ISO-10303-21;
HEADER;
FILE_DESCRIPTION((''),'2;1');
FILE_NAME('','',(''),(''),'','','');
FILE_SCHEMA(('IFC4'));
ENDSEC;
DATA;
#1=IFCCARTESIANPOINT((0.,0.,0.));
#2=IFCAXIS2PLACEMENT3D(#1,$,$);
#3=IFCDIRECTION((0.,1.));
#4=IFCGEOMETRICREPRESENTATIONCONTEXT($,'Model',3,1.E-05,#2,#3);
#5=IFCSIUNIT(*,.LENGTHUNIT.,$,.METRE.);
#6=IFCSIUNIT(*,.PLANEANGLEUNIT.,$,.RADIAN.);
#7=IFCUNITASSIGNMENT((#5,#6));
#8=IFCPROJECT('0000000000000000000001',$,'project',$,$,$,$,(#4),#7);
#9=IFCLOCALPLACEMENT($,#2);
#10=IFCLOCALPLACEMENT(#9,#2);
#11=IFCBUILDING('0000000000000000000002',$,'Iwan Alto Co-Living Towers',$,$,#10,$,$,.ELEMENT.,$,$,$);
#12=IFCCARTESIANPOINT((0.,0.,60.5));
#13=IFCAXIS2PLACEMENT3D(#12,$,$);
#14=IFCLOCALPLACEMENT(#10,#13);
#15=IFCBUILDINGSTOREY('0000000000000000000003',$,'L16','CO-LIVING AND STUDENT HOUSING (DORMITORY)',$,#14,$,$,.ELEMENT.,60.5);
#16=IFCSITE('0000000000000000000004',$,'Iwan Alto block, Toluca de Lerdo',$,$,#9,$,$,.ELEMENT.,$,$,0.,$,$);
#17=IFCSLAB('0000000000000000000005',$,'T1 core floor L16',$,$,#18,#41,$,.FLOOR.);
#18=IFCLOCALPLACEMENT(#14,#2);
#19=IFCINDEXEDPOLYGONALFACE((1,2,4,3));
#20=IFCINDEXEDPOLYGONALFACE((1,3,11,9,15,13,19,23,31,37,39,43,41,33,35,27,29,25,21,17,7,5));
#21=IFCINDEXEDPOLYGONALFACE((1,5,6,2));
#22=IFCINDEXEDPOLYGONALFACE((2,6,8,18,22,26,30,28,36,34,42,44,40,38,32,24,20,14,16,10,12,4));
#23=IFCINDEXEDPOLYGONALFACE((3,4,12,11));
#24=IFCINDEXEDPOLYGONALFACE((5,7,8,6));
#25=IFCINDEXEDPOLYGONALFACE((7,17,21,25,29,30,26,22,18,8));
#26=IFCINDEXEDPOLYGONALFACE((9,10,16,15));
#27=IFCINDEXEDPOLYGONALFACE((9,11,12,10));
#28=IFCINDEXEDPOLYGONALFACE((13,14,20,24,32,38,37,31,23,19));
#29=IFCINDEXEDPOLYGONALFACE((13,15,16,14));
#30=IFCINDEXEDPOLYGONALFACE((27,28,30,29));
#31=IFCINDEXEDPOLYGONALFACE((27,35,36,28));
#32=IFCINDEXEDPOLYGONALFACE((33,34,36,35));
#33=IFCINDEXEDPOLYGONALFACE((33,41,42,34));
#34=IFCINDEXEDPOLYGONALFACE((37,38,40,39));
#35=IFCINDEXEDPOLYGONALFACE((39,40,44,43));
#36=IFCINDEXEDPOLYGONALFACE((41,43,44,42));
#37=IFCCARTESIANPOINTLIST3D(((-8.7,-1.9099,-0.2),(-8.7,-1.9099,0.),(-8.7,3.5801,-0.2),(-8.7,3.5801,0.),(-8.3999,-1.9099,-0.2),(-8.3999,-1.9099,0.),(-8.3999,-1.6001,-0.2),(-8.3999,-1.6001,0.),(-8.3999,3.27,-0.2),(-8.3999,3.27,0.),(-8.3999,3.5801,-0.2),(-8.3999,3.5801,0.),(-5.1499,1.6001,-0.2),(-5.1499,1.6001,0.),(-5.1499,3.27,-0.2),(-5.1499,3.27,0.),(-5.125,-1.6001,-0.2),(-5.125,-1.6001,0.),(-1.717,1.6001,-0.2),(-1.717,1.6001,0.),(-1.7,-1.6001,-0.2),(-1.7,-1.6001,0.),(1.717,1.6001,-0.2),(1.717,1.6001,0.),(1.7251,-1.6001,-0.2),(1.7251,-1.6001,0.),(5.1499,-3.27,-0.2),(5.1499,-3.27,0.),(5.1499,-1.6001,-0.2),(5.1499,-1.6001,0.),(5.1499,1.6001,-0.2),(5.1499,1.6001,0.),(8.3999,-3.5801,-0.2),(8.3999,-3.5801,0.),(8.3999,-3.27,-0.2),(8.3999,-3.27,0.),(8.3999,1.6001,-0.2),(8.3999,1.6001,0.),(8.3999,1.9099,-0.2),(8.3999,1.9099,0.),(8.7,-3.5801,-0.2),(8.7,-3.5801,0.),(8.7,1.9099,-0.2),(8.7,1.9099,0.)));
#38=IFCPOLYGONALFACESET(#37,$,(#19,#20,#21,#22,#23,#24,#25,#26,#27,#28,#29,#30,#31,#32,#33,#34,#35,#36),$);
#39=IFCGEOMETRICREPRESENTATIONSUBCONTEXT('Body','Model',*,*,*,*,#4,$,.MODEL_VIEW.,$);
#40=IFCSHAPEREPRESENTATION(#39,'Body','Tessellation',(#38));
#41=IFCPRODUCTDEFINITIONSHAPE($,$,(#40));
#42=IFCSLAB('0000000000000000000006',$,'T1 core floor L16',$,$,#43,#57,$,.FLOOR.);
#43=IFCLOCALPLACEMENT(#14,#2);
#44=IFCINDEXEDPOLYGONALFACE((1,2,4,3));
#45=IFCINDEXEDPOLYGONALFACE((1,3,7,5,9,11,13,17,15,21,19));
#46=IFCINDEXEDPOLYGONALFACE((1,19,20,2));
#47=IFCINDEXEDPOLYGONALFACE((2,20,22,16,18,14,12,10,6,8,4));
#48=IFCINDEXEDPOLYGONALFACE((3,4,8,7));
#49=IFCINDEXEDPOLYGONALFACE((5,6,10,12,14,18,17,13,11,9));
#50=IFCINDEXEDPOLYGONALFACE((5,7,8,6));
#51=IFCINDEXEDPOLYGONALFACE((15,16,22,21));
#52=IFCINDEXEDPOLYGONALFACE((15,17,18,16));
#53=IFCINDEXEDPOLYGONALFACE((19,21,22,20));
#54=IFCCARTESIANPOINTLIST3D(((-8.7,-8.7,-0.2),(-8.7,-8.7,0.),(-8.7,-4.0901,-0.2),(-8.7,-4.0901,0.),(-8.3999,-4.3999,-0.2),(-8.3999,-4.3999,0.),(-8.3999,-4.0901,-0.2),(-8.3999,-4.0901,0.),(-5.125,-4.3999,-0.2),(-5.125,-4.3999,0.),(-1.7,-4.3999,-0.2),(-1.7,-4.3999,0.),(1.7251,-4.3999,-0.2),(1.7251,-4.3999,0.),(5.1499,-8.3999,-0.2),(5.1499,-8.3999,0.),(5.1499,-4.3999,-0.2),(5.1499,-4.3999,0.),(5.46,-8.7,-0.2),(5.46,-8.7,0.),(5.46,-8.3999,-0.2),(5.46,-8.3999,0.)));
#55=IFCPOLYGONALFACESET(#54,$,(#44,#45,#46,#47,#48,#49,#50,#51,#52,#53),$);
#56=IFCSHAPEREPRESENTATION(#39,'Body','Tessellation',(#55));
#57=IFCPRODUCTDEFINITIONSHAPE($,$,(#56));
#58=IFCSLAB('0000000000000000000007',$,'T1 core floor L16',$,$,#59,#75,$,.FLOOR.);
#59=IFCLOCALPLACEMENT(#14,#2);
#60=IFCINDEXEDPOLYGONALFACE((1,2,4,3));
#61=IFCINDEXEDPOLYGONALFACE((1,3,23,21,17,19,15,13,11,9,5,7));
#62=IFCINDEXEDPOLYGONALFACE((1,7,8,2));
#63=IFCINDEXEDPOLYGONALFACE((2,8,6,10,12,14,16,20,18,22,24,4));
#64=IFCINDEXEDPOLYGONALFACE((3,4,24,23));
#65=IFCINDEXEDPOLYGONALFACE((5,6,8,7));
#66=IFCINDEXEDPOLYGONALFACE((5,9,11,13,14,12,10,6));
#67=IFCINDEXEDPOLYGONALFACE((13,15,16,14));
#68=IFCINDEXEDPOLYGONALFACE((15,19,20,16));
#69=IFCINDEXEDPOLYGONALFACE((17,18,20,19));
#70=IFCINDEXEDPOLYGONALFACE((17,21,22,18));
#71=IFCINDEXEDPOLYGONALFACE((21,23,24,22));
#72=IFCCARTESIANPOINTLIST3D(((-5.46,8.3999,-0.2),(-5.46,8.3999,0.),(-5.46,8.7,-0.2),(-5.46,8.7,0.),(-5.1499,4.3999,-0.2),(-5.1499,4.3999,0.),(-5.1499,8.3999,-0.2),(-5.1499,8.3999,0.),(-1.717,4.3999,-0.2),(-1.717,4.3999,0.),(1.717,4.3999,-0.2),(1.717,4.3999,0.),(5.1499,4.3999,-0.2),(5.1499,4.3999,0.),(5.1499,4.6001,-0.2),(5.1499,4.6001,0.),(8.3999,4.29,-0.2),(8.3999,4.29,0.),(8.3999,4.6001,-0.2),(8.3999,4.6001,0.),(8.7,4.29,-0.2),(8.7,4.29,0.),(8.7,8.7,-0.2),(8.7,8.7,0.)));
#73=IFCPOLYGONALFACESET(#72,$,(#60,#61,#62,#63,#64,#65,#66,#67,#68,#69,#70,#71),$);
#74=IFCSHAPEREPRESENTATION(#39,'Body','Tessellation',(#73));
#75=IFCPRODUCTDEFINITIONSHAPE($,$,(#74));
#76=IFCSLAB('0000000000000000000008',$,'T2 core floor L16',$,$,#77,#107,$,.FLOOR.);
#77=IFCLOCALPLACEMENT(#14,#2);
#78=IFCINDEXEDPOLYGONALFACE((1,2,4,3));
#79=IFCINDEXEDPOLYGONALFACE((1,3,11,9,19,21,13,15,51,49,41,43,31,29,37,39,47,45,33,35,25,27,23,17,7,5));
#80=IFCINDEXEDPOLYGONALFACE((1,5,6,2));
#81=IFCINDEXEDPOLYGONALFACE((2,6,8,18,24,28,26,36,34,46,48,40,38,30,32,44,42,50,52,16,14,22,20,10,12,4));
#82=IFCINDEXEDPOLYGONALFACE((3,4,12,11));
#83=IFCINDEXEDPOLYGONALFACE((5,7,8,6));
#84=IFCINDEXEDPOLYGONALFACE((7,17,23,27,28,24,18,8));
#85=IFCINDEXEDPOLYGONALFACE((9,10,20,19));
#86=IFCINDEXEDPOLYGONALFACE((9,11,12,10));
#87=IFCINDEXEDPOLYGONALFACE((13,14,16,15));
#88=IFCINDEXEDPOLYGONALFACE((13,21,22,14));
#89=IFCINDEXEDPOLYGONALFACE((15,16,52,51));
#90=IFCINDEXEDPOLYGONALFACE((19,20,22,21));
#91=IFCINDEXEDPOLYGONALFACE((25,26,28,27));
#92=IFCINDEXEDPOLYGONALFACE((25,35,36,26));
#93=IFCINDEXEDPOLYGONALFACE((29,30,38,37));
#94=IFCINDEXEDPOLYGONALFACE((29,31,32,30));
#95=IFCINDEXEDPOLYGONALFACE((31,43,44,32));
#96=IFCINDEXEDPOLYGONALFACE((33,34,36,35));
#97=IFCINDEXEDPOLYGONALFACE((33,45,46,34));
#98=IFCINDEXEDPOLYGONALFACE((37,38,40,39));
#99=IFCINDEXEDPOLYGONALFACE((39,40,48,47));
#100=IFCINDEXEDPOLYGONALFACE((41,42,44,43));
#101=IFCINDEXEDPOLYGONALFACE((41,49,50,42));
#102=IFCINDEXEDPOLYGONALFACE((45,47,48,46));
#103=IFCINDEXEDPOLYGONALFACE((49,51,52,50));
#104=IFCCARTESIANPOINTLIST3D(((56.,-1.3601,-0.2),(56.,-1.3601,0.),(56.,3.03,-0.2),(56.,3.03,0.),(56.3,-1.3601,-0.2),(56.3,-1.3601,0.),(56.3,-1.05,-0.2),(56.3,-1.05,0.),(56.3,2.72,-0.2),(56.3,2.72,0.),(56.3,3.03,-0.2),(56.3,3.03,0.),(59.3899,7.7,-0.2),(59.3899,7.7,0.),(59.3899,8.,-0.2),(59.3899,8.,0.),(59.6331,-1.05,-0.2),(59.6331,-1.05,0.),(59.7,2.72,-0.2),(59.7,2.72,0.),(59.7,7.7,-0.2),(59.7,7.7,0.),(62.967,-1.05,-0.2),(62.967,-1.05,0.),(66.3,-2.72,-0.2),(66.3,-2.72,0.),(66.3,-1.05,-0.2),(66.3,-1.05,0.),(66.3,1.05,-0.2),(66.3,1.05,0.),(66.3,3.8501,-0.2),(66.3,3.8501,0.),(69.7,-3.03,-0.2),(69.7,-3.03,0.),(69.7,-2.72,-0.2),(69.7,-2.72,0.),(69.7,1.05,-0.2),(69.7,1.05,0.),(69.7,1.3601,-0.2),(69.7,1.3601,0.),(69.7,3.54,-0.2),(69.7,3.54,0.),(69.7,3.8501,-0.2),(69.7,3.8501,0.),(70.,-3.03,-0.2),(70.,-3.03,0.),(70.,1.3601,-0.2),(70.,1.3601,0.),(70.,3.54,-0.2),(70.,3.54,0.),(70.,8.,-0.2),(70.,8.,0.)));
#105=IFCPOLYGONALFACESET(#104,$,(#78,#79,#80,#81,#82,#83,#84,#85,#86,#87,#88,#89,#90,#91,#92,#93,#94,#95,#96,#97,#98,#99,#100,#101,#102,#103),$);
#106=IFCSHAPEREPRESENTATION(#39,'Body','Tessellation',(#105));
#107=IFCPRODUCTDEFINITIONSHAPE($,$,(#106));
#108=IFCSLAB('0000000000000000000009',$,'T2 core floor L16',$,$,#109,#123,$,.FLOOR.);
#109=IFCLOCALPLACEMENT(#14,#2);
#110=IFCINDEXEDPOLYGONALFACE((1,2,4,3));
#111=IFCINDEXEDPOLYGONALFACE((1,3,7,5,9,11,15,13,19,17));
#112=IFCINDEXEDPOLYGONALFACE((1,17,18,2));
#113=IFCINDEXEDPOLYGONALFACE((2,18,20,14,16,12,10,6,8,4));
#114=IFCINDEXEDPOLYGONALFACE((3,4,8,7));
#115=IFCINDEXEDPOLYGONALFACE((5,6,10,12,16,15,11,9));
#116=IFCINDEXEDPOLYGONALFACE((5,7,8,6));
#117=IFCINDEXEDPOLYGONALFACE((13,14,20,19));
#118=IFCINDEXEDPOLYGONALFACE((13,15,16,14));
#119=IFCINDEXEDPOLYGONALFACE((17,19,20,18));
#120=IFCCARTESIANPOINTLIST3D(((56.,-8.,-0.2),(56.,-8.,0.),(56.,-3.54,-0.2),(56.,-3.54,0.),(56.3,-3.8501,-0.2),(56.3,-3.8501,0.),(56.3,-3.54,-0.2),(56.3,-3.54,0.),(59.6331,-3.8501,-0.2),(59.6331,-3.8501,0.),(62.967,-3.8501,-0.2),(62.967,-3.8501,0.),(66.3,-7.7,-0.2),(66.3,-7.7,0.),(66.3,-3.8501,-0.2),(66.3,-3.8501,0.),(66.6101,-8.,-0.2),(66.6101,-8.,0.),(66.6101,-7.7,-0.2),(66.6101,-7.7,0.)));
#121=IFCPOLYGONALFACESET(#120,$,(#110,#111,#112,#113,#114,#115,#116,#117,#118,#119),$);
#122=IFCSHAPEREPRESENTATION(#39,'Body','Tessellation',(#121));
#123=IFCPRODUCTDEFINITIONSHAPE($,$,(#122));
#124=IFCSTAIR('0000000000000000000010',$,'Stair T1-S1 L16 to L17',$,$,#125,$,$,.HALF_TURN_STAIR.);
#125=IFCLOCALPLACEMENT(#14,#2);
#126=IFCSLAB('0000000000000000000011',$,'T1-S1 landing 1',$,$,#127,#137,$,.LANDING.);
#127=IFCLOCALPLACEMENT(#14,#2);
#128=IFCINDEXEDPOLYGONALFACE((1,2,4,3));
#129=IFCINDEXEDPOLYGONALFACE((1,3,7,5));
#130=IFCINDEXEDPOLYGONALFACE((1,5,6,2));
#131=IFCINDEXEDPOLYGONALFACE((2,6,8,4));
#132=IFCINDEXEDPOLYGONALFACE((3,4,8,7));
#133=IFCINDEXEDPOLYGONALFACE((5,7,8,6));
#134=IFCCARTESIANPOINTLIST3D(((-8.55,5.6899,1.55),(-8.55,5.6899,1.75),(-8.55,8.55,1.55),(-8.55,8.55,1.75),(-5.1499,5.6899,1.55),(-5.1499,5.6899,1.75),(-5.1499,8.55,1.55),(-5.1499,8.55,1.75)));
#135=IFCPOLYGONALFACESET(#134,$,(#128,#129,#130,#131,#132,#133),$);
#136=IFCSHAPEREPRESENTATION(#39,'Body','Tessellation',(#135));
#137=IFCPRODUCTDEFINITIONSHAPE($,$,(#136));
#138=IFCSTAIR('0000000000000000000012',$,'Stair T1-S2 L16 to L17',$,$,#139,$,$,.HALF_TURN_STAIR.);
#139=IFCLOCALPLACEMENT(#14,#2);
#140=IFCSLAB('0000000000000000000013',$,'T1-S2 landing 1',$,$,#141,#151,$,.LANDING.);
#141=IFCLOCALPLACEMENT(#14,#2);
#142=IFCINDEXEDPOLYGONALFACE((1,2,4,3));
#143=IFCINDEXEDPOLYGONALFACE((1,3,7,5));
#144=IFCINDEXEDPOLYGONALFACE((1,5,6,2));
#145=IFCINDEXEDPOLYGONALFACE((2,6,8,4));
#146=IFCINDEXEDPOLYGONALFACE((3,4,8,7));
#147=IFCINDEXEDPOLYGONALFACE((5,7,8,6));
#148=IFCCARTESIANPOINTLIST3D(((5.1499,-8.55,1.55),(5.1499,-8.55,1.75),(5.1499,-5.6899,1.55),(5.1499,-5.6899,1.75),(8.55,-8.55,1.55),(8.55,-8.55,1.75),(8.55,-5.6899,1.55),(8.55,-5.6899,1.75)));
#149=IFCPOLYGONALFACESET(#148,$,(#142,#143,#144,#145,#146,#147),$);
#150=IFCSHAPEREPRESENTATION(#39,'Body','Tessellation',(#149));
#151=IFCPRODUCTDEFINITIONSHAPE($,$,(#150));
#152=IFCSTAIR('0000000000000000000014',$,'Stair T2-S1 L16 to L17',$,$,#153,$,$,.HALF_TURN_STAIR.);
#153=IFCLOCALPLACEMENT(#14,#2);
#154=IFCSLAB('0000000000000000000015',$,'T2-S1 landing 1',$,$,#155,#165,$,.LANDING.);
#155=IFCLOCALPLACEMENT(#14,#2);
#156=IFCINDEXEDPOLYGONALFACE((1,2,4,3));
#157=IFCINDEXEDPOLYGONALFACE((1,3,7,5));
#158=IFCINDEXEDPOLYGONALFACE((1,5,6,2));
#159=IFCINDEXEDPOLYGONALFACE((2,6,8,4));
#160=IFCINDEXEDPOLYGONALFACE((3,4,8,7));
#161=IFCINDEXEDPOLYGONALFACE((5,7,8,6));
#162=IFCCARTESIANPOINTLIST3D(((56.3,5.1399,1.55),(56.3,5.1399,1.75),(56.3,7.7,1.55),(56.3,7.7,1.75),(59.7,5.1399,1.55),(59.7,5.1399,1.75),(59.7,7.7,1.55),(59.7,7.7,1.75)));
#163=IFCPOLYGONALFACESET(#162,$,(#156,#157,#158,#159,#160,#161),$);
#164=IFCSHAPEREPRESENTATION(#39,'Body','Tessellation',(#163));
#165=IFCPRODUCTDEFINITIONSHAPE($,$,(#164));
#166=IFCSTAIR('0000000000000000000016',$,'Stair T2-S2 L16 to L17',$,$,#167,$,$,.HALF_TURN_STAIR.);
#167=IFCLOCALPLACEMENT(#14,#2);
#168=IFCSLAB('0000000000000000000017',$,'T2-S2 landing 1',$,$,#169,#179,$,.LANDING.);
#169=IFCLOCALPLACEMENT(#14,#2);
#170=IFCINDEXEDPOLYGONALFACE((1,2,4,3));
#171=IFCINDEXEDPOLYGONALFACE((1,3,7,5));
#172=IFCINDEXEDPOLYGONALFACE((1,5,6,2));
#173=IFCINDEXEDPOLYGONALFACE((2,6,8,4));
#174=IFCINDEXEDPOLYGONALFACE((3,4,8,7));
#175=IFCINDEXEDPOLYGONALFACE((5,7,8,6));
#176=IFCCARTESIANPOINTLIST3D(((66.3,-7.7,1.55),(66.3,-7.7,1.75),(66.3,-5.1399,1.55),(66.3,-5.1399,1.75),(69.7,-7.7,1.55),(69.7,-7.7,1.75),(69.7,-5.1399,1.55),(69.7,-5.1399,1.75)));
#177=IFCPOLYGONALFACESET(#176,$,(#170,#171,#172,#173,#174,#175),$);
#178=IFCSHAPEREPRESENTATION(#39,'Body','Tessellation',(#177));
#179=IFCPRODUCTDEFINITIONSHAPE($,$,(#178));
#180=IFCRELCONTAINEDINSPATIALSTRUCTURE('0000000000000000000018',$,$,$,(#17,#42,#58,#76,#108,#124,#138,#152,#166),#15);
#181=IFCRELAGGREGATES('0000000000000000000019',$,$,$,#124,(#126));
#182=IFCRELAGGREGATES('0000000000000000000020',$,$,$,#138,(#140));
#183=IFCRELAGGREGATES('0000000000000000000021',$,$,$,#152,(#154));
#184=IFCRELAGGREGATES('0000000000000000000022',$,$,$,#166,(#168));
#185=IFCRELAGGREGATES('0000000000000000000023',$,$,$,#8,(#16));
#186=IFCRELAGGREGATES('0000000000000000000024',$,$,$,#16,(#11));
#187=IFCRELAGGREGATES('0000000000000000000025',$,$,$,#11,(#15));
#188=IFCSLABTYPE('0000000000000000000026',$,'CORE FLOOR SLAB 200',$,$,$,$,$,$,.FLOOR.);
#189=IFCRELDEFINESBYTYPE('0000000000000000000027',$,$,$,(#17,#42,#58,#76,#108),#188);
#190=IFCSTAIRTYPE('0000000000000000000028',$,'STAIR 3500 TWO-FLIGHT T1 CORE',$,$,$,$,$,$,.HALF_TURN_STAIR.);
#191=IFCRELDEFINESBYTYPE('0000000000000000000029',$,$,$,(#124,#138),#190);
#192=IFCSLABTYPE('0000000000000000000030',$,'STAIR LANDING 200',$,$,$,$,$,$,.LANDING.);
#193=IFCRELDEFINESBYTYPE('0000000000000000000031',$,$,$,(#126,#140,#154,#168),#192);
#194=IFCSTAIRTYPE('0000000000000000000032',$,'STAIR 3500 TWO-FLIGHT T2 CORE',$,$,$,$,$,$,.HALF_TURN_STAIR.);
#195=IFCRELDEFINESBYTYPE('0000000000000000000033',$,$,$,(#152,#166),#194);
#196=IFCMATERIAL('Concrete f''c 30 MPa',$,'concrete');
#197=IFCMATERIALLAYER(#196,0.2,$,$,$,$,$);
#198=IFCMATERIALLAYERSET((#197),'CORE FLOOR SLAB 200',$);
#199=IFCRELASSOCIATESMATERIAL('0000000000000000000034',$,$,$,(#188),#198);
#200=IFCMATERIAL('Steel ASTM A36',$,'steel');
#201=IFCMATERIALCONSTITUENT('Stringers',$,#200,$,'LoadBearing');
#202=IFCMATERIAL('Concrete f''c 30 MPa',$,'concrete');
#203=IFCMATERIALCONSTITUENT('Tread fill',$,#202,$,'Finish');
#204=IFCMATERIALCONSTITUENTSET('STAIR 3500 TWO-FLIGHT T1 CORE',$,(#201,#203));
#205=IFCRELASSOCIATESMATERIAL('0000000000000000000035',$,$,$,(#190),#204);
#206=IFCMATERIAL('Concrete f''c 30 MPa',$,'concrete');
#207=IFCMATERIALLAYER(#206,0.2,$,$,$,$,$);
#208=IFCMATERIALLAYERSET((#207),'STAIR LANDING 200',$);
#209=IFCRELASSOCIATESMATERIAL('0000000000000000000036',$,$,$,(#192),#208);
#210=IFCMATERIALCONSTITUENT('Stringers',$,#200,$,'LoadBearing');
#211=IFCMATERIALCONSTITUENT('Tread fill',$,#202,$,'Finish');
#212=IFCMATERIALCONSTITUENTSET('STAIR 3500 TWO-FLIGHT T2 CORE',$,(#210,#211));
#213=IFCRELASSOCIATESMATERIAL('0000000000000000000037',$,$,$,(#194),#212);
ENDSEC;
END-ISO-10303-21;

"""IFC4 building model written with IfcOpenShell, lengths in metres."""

from ifc_helpers import new_model, si_unit, direction, frame, origin, place, context, subcontext, project, spatial, polyline, outline, extrude, material, layer, layer_set, constituent, constituent_set, type_object, element, aggregate, save


model = new_model("IFC4")

# Units and contexts
model_context = context("Model", 3, precision=1e-05, world=origin(), true_north=direction((0.0, 1.0)))
body_context = subcontext(model_context, "Body", "Model", "MODEL_VIEW")
ifc_project = project(units=[si_unit("LENGTHUNIT", "METRE"), si_unit("PLANEANGLEUNIT", "RADIAN")], contexts=[model_context])

# Site, building, storey
site_placement = place(None, origin())
site = spatial("IfcSite", under=ifc_project, at=site_placement, Name="Iwan Alto block, Toluca de Lerdo", CompositionType="ELEMENT", RefElevation=0.0)
building_placement = place(site_placement, origin())
building = spatial("IfcBuilding", under=site, at=building_placement, Name="Iwan Alto Co-Living Towers", CompositionType="ELEMENT")
storey_placement = place(building_placement, frame((0.0, 0.0, 60.5)))
storey = spatial("IfcBuildingStorey", under=building, at=storey_placement, Name="L16", Description="CO-LIVING AND STUDENT HOUSING (DORMITORY)", CompositionType="ELEMENT", Elevation=60.5)

# Slabs
ifc_material_1 = material(Name="Concrete f'c 30 MPa", Category="concrete")
ifc_layer_1 = layer(ifc_material_1, 0.2)
ifc_layer_set_1 = layer_set([ifc_layer_1], Name="CORE FLOOR SLAB 200")
slab_type_1 = type_object("IfcSlabType", Name="CORE FLOOR SLAB 200", PredefinedType="FLOOR", material=ifc_layer_set_1)
slab_1_placement = place(storey_placement, frame((0.0, 0.0, -0.2)))
element("IfcSlab", 1, at=slab_1_placement, inside=storey, type_object=slab_type_1, Name="T1 core floor L16", PredefinedType="FLOOR", context=body_context, shape_type="SweptSolid", body=[
    extrude(outline(polyline([(8.7, -3.5801), (8.3999, -3.5801), (8.3999, -3.27), (5.1499, -3.27), (5.1499, -1.6001), (1.7251, -1.6001), (-1.7, -1.6001), (-5.125, -1.6001), (-8.3999, -1.6001), (-8.3999, -1.9099), (-8.7, -1.9099), (-8.7, 3.5801), (-8.3999, 3.5801), (-8.3999, 3.27), (-5.1499, 3.27), (-5.1499, 1.6001), (-1.717, 1.6001), (1.717, 1.6001), (5.1499, 1.6001), (8.3999, 1.6001), (8.3999, 1.9099), (8.7, 1.9099), (8.7, -3.5801)])), origin(), (0.0, 0.0, 1.0), 0.2),
])
slab_2_placement = place(storey_placement, frame((0.0, 0.0, -0.2)))
element("IfcSlab", 2, at=slab_2_placement, inside=storey, type_object=slab_type_1, Name="T1 core floor L16", PredefinedType="FLOOR", context=body_context, shape_type="SweptSolid", body=[
    extrude(outline(polyline([(-1.7, -4.3999), (1.7251, -4.3999), (5.1499, -4.3999), (5.1499, -8.3999), (5.46, -8.3999), (5.46, -8.7), (-8.7, -8.7), (-8.7, -4.0901), (-8.3999, -4.0901), (-8.3999, -4.3999), (-5.125, -4.3999), (-1.7, -4.3999)])), origin(), (0.0, 0.0, 1.0), 0.2),
])
slab_3_placement = place(storey_placement, frame((0.0, 0.0, -0.2)))
element("IfcSlab", 3, at=slab_3_placement, inside=storey, type_object=slab_type_1, Name="T1 core floor L16", PredefinedType="FLOOR", context=body_context, shape_type="SweptSolid", body=[
    extrude(outline(polyline([(1.717, 4.3999), (-1.717, 4.3999), (-5.1499, 4.3999), (-5.1499, 8.3999), (-5.46, 8.3999), (-5.46, 8.7), (8.7, 8.7), (8.7, 4.29), (8.3999, 4.29), (8.3999, 4.6001), (5.1499, 4.6001), (5.1499, 4.3999), (1.717, 4.3999)])), origin(), (0.0, 0.0, 1.0), 0.2),
])
slab_4_placement = place(storey_placement, frame((0.0, 0.0, -0.2)))
element("IfcSlab", 4, at=slab_4_placement, inside=storey, type_object=slab_type_1, Name="T2 core floor L16", PredefinedType="FLOOR", context=body_context, shape_type="SweptSolid", body=[
    extrude(outline(polyline([(70.0, -3.03), (69.7, -3.03), (69.7, -2.72), (66.3, -2.72), (66.3, -1.05), (62.967, -1.05), (59.6331, -1.05), (56.3, -1.05), (56.3, -1.3601), (56.0, -1.3601), (56.0, 3.03), (56.3, 3.03), (56.3, 2.72), (59.7, 2.72), (59.7, 7.7), (59.3899, 7.7), (59.3899, 8.0), (70.0, 8.0), (70.0, 3.54), (69.7, 3.54), (69.7, 3.8501), (66.3, 3.8501), (66.3, 1.05), (69.7, 1.05), (69.7, 1.3601), (70.0, 1.3601), (70.0, -3.03)])), origin(), (0.0, 0.0, 1.0), 0.2),
])
slab_5_placement = place(storey_placement, frame((0.0, 0.0, -0.2)))
element("IfcSlab", 5, at=slab_5_placement, inside=storey, type_object=slab_type_1, Name="T2 core floor L16", PredefinedType="FLOOR", context=body_context, shape_type="SweptSolid", body=[
    extrude(outline(polyline([(62.967, -3.8501), (66.3, -3.8501), (66.3, -7.7), (66.6101, -7.7), (66.6101, -8.0), (56.0, -8.0), (56.0, -3.54), (56.3, -3.54), (56.3, -3.8501), (59.6331, -3.8501), (62.967, -3.8501)])), origin(), (0.0, 0.0, 1.0), 0.2),
])

# Stairs, slabs
ifc_material_2 = material(Name="Steel ASTM A36", Category="steel")
ifc_constituent_1 = constituent(ifc_material_2, Name="Stringers", Category="LoadBearing")
ifc_material_3 = material(Name="Concrete f'c 30 MPa", Category="concrete")
ifc_constituent_2 = constituent(ifc_material_3, Name="Tread fill", Category="Finish")
ifc_constituent_set_1 = constituent_set(constituents=[ifc_constituent_1, ifc_constituent_2], Name="STAIR 3500 TWO-FLIGHT T1 CORE")
stair_type_1 = type_object("IfcStairType", Name="STAIR 3500 TWO-FLIGHT T1 CORE", PredefinedType="HALF_TURN_STAIR", material=ifc_constituent_set_1)
stair_1_placement = place(storey_placement, origin())
stair_1 = element("IfcStair", 6, at=stair_1_placement, inside=storey, type_object=stair_type_1, Name="Stair T1-S1 L16 to L17", PredefinedType="HALF_TURN_STAIR")
ifc_material_4 = material(Name="Concrete f'c 30 MPa", Category="concrete")
ifc_layer_2 = layer(ifc_material_4, 0.2)
ifc_layer_set_2 = layer_set([ifc_layer_2], Name="STAIR LANDING 200")
slab_type_2 = type_object("IfcSlabType", Name="STAIR LANDING 200", PredefinedType="LANDING", material=ifc_layer_set_2)
slab_6_placement = place(storey_placement, frame((0.0, 0.0, 1.55)))
slab_6 = element("IfcSlab", 7, at=slab_6_placement, type_object=slab_type_2, Name="T1-S1 landing 1", PredefinedType="LANDING", context=body_context, shape_type="SweptSolid", body=[
    extrude(outline(polyline([(-8.55, 5.6899), (-8.55, 8.55), (-5.1499, 8.55), (-5.1499, 5.6899), (-8.55, 5.6899)])), origin(), (0.0, 0.0, 1.0), 0.2),
])
aggregate(stair_1, [slab_6])
stair_2_placement = place(storey_placement, origin())
stair_2 = element("IfcStair", 8, at=stair_2_placement, inside=storey, type_object=stair_type_1, Name="Stair T1-S2 L16 to L17", PredefinedType="HALF_TURN_STAIR")
slab_7_placement = place(storey_placement, frame((0.0, 0.0, 1.55)))
slab_7 = element("IfcSlab", 9, at=slab_7_placement, type_object=slab_type_2, Name="T1-S2 landing 1", PredefinedType="LANDING", context=body_context, shape_type="SweptSolid", body=[
    extrude(outline(polyline([(5.1499, -5.6899), (5.1499, -8.55), (8.55, -8.55), (8.55, -5.6899), (5.1499, -5.6899)])), origin(), (0.0, 0.0, 1.0), 0.2),
])
aggregate(stair_2, [slab_7])
ifc_constituent_3 = constituent(ifc_material_2, Name="Stringers", Category="LoadBearing")
ifc_constituent_4 = constituent(ifc_material_3, Name="Tread fill", Category="Finish")
ifc_constituent_set_2 = constituent_set(constituents=[ifc_constituent_3, ifc_constituent_4], Name="STAIR 3500 TWO-FLIGHT T2 CORE")
stair_type_2 = type_object("IfcStairType", Name="STAIR 3500 TWO-FLIGHT T2 CORE", PredefinedType="HALF_TURN_STAIR", material=ifc_constituent_set_2)
stair_3_placement = place(storey_placement, origin())
stair_3 = element("IfcStair", 10, at=stair_3_placement, inside=storey, type_object=stair_type_2, Name="Stair T2-S1 L16 to L17", PredefinedType="HALF_TURN_STAIR")
slab_8_placement = place(storey_placement, frame((0.0, 0.0, 1.55)))
slab_8 = element("IfcSlab", 11, at=slab_8_placement, type_object=slab_type_2, Name="T2-S1 landing 1", PredefinedType="LANDING", context=body_context, shape_type="SweptSolid", body=[
    extrude(outline(polyline([(56.3, 5.1399), (56.3, 7.7), (59.7, 7.7), (59.7, 5.1399), (56.3, 5.1399)])), origin(), (0.0, 0.0, 1.0), 0.2),
])
aggregate(stair_3, [slab_8])
stair_4_placement = place(storey_placement, origin())
stair_4 = element("IfcStair", 12, at=stair_4_placement, inside=storey, type_object=stair_type_2, Name="Stair T2-S2 L16 to L17", PredefinedType="HALF_TURN_STAIR")
slab_9_placement = place(storey_placement, frame((0.0, 0.0, 1.55)))
slab_9 = element("IfcSlab", 13, at=slab_9_placement, type_object=slab_type_2, Name="T2-S2 landing 1", PredefinedType="LANDING", context=body_context, shape_type="SweptSolid", body=[
    extrude(outline(polyline([(66.3, -5.1399), (66.3, -7.7), (69.7, -7.7), (69.7, -5.1399), (66.3, -5.1399)])), origin(), (0.0, 0.0, 1.0), 0.2),
])
aggregate(stair_4, [slab_9])

save(model, "model.ifc")
